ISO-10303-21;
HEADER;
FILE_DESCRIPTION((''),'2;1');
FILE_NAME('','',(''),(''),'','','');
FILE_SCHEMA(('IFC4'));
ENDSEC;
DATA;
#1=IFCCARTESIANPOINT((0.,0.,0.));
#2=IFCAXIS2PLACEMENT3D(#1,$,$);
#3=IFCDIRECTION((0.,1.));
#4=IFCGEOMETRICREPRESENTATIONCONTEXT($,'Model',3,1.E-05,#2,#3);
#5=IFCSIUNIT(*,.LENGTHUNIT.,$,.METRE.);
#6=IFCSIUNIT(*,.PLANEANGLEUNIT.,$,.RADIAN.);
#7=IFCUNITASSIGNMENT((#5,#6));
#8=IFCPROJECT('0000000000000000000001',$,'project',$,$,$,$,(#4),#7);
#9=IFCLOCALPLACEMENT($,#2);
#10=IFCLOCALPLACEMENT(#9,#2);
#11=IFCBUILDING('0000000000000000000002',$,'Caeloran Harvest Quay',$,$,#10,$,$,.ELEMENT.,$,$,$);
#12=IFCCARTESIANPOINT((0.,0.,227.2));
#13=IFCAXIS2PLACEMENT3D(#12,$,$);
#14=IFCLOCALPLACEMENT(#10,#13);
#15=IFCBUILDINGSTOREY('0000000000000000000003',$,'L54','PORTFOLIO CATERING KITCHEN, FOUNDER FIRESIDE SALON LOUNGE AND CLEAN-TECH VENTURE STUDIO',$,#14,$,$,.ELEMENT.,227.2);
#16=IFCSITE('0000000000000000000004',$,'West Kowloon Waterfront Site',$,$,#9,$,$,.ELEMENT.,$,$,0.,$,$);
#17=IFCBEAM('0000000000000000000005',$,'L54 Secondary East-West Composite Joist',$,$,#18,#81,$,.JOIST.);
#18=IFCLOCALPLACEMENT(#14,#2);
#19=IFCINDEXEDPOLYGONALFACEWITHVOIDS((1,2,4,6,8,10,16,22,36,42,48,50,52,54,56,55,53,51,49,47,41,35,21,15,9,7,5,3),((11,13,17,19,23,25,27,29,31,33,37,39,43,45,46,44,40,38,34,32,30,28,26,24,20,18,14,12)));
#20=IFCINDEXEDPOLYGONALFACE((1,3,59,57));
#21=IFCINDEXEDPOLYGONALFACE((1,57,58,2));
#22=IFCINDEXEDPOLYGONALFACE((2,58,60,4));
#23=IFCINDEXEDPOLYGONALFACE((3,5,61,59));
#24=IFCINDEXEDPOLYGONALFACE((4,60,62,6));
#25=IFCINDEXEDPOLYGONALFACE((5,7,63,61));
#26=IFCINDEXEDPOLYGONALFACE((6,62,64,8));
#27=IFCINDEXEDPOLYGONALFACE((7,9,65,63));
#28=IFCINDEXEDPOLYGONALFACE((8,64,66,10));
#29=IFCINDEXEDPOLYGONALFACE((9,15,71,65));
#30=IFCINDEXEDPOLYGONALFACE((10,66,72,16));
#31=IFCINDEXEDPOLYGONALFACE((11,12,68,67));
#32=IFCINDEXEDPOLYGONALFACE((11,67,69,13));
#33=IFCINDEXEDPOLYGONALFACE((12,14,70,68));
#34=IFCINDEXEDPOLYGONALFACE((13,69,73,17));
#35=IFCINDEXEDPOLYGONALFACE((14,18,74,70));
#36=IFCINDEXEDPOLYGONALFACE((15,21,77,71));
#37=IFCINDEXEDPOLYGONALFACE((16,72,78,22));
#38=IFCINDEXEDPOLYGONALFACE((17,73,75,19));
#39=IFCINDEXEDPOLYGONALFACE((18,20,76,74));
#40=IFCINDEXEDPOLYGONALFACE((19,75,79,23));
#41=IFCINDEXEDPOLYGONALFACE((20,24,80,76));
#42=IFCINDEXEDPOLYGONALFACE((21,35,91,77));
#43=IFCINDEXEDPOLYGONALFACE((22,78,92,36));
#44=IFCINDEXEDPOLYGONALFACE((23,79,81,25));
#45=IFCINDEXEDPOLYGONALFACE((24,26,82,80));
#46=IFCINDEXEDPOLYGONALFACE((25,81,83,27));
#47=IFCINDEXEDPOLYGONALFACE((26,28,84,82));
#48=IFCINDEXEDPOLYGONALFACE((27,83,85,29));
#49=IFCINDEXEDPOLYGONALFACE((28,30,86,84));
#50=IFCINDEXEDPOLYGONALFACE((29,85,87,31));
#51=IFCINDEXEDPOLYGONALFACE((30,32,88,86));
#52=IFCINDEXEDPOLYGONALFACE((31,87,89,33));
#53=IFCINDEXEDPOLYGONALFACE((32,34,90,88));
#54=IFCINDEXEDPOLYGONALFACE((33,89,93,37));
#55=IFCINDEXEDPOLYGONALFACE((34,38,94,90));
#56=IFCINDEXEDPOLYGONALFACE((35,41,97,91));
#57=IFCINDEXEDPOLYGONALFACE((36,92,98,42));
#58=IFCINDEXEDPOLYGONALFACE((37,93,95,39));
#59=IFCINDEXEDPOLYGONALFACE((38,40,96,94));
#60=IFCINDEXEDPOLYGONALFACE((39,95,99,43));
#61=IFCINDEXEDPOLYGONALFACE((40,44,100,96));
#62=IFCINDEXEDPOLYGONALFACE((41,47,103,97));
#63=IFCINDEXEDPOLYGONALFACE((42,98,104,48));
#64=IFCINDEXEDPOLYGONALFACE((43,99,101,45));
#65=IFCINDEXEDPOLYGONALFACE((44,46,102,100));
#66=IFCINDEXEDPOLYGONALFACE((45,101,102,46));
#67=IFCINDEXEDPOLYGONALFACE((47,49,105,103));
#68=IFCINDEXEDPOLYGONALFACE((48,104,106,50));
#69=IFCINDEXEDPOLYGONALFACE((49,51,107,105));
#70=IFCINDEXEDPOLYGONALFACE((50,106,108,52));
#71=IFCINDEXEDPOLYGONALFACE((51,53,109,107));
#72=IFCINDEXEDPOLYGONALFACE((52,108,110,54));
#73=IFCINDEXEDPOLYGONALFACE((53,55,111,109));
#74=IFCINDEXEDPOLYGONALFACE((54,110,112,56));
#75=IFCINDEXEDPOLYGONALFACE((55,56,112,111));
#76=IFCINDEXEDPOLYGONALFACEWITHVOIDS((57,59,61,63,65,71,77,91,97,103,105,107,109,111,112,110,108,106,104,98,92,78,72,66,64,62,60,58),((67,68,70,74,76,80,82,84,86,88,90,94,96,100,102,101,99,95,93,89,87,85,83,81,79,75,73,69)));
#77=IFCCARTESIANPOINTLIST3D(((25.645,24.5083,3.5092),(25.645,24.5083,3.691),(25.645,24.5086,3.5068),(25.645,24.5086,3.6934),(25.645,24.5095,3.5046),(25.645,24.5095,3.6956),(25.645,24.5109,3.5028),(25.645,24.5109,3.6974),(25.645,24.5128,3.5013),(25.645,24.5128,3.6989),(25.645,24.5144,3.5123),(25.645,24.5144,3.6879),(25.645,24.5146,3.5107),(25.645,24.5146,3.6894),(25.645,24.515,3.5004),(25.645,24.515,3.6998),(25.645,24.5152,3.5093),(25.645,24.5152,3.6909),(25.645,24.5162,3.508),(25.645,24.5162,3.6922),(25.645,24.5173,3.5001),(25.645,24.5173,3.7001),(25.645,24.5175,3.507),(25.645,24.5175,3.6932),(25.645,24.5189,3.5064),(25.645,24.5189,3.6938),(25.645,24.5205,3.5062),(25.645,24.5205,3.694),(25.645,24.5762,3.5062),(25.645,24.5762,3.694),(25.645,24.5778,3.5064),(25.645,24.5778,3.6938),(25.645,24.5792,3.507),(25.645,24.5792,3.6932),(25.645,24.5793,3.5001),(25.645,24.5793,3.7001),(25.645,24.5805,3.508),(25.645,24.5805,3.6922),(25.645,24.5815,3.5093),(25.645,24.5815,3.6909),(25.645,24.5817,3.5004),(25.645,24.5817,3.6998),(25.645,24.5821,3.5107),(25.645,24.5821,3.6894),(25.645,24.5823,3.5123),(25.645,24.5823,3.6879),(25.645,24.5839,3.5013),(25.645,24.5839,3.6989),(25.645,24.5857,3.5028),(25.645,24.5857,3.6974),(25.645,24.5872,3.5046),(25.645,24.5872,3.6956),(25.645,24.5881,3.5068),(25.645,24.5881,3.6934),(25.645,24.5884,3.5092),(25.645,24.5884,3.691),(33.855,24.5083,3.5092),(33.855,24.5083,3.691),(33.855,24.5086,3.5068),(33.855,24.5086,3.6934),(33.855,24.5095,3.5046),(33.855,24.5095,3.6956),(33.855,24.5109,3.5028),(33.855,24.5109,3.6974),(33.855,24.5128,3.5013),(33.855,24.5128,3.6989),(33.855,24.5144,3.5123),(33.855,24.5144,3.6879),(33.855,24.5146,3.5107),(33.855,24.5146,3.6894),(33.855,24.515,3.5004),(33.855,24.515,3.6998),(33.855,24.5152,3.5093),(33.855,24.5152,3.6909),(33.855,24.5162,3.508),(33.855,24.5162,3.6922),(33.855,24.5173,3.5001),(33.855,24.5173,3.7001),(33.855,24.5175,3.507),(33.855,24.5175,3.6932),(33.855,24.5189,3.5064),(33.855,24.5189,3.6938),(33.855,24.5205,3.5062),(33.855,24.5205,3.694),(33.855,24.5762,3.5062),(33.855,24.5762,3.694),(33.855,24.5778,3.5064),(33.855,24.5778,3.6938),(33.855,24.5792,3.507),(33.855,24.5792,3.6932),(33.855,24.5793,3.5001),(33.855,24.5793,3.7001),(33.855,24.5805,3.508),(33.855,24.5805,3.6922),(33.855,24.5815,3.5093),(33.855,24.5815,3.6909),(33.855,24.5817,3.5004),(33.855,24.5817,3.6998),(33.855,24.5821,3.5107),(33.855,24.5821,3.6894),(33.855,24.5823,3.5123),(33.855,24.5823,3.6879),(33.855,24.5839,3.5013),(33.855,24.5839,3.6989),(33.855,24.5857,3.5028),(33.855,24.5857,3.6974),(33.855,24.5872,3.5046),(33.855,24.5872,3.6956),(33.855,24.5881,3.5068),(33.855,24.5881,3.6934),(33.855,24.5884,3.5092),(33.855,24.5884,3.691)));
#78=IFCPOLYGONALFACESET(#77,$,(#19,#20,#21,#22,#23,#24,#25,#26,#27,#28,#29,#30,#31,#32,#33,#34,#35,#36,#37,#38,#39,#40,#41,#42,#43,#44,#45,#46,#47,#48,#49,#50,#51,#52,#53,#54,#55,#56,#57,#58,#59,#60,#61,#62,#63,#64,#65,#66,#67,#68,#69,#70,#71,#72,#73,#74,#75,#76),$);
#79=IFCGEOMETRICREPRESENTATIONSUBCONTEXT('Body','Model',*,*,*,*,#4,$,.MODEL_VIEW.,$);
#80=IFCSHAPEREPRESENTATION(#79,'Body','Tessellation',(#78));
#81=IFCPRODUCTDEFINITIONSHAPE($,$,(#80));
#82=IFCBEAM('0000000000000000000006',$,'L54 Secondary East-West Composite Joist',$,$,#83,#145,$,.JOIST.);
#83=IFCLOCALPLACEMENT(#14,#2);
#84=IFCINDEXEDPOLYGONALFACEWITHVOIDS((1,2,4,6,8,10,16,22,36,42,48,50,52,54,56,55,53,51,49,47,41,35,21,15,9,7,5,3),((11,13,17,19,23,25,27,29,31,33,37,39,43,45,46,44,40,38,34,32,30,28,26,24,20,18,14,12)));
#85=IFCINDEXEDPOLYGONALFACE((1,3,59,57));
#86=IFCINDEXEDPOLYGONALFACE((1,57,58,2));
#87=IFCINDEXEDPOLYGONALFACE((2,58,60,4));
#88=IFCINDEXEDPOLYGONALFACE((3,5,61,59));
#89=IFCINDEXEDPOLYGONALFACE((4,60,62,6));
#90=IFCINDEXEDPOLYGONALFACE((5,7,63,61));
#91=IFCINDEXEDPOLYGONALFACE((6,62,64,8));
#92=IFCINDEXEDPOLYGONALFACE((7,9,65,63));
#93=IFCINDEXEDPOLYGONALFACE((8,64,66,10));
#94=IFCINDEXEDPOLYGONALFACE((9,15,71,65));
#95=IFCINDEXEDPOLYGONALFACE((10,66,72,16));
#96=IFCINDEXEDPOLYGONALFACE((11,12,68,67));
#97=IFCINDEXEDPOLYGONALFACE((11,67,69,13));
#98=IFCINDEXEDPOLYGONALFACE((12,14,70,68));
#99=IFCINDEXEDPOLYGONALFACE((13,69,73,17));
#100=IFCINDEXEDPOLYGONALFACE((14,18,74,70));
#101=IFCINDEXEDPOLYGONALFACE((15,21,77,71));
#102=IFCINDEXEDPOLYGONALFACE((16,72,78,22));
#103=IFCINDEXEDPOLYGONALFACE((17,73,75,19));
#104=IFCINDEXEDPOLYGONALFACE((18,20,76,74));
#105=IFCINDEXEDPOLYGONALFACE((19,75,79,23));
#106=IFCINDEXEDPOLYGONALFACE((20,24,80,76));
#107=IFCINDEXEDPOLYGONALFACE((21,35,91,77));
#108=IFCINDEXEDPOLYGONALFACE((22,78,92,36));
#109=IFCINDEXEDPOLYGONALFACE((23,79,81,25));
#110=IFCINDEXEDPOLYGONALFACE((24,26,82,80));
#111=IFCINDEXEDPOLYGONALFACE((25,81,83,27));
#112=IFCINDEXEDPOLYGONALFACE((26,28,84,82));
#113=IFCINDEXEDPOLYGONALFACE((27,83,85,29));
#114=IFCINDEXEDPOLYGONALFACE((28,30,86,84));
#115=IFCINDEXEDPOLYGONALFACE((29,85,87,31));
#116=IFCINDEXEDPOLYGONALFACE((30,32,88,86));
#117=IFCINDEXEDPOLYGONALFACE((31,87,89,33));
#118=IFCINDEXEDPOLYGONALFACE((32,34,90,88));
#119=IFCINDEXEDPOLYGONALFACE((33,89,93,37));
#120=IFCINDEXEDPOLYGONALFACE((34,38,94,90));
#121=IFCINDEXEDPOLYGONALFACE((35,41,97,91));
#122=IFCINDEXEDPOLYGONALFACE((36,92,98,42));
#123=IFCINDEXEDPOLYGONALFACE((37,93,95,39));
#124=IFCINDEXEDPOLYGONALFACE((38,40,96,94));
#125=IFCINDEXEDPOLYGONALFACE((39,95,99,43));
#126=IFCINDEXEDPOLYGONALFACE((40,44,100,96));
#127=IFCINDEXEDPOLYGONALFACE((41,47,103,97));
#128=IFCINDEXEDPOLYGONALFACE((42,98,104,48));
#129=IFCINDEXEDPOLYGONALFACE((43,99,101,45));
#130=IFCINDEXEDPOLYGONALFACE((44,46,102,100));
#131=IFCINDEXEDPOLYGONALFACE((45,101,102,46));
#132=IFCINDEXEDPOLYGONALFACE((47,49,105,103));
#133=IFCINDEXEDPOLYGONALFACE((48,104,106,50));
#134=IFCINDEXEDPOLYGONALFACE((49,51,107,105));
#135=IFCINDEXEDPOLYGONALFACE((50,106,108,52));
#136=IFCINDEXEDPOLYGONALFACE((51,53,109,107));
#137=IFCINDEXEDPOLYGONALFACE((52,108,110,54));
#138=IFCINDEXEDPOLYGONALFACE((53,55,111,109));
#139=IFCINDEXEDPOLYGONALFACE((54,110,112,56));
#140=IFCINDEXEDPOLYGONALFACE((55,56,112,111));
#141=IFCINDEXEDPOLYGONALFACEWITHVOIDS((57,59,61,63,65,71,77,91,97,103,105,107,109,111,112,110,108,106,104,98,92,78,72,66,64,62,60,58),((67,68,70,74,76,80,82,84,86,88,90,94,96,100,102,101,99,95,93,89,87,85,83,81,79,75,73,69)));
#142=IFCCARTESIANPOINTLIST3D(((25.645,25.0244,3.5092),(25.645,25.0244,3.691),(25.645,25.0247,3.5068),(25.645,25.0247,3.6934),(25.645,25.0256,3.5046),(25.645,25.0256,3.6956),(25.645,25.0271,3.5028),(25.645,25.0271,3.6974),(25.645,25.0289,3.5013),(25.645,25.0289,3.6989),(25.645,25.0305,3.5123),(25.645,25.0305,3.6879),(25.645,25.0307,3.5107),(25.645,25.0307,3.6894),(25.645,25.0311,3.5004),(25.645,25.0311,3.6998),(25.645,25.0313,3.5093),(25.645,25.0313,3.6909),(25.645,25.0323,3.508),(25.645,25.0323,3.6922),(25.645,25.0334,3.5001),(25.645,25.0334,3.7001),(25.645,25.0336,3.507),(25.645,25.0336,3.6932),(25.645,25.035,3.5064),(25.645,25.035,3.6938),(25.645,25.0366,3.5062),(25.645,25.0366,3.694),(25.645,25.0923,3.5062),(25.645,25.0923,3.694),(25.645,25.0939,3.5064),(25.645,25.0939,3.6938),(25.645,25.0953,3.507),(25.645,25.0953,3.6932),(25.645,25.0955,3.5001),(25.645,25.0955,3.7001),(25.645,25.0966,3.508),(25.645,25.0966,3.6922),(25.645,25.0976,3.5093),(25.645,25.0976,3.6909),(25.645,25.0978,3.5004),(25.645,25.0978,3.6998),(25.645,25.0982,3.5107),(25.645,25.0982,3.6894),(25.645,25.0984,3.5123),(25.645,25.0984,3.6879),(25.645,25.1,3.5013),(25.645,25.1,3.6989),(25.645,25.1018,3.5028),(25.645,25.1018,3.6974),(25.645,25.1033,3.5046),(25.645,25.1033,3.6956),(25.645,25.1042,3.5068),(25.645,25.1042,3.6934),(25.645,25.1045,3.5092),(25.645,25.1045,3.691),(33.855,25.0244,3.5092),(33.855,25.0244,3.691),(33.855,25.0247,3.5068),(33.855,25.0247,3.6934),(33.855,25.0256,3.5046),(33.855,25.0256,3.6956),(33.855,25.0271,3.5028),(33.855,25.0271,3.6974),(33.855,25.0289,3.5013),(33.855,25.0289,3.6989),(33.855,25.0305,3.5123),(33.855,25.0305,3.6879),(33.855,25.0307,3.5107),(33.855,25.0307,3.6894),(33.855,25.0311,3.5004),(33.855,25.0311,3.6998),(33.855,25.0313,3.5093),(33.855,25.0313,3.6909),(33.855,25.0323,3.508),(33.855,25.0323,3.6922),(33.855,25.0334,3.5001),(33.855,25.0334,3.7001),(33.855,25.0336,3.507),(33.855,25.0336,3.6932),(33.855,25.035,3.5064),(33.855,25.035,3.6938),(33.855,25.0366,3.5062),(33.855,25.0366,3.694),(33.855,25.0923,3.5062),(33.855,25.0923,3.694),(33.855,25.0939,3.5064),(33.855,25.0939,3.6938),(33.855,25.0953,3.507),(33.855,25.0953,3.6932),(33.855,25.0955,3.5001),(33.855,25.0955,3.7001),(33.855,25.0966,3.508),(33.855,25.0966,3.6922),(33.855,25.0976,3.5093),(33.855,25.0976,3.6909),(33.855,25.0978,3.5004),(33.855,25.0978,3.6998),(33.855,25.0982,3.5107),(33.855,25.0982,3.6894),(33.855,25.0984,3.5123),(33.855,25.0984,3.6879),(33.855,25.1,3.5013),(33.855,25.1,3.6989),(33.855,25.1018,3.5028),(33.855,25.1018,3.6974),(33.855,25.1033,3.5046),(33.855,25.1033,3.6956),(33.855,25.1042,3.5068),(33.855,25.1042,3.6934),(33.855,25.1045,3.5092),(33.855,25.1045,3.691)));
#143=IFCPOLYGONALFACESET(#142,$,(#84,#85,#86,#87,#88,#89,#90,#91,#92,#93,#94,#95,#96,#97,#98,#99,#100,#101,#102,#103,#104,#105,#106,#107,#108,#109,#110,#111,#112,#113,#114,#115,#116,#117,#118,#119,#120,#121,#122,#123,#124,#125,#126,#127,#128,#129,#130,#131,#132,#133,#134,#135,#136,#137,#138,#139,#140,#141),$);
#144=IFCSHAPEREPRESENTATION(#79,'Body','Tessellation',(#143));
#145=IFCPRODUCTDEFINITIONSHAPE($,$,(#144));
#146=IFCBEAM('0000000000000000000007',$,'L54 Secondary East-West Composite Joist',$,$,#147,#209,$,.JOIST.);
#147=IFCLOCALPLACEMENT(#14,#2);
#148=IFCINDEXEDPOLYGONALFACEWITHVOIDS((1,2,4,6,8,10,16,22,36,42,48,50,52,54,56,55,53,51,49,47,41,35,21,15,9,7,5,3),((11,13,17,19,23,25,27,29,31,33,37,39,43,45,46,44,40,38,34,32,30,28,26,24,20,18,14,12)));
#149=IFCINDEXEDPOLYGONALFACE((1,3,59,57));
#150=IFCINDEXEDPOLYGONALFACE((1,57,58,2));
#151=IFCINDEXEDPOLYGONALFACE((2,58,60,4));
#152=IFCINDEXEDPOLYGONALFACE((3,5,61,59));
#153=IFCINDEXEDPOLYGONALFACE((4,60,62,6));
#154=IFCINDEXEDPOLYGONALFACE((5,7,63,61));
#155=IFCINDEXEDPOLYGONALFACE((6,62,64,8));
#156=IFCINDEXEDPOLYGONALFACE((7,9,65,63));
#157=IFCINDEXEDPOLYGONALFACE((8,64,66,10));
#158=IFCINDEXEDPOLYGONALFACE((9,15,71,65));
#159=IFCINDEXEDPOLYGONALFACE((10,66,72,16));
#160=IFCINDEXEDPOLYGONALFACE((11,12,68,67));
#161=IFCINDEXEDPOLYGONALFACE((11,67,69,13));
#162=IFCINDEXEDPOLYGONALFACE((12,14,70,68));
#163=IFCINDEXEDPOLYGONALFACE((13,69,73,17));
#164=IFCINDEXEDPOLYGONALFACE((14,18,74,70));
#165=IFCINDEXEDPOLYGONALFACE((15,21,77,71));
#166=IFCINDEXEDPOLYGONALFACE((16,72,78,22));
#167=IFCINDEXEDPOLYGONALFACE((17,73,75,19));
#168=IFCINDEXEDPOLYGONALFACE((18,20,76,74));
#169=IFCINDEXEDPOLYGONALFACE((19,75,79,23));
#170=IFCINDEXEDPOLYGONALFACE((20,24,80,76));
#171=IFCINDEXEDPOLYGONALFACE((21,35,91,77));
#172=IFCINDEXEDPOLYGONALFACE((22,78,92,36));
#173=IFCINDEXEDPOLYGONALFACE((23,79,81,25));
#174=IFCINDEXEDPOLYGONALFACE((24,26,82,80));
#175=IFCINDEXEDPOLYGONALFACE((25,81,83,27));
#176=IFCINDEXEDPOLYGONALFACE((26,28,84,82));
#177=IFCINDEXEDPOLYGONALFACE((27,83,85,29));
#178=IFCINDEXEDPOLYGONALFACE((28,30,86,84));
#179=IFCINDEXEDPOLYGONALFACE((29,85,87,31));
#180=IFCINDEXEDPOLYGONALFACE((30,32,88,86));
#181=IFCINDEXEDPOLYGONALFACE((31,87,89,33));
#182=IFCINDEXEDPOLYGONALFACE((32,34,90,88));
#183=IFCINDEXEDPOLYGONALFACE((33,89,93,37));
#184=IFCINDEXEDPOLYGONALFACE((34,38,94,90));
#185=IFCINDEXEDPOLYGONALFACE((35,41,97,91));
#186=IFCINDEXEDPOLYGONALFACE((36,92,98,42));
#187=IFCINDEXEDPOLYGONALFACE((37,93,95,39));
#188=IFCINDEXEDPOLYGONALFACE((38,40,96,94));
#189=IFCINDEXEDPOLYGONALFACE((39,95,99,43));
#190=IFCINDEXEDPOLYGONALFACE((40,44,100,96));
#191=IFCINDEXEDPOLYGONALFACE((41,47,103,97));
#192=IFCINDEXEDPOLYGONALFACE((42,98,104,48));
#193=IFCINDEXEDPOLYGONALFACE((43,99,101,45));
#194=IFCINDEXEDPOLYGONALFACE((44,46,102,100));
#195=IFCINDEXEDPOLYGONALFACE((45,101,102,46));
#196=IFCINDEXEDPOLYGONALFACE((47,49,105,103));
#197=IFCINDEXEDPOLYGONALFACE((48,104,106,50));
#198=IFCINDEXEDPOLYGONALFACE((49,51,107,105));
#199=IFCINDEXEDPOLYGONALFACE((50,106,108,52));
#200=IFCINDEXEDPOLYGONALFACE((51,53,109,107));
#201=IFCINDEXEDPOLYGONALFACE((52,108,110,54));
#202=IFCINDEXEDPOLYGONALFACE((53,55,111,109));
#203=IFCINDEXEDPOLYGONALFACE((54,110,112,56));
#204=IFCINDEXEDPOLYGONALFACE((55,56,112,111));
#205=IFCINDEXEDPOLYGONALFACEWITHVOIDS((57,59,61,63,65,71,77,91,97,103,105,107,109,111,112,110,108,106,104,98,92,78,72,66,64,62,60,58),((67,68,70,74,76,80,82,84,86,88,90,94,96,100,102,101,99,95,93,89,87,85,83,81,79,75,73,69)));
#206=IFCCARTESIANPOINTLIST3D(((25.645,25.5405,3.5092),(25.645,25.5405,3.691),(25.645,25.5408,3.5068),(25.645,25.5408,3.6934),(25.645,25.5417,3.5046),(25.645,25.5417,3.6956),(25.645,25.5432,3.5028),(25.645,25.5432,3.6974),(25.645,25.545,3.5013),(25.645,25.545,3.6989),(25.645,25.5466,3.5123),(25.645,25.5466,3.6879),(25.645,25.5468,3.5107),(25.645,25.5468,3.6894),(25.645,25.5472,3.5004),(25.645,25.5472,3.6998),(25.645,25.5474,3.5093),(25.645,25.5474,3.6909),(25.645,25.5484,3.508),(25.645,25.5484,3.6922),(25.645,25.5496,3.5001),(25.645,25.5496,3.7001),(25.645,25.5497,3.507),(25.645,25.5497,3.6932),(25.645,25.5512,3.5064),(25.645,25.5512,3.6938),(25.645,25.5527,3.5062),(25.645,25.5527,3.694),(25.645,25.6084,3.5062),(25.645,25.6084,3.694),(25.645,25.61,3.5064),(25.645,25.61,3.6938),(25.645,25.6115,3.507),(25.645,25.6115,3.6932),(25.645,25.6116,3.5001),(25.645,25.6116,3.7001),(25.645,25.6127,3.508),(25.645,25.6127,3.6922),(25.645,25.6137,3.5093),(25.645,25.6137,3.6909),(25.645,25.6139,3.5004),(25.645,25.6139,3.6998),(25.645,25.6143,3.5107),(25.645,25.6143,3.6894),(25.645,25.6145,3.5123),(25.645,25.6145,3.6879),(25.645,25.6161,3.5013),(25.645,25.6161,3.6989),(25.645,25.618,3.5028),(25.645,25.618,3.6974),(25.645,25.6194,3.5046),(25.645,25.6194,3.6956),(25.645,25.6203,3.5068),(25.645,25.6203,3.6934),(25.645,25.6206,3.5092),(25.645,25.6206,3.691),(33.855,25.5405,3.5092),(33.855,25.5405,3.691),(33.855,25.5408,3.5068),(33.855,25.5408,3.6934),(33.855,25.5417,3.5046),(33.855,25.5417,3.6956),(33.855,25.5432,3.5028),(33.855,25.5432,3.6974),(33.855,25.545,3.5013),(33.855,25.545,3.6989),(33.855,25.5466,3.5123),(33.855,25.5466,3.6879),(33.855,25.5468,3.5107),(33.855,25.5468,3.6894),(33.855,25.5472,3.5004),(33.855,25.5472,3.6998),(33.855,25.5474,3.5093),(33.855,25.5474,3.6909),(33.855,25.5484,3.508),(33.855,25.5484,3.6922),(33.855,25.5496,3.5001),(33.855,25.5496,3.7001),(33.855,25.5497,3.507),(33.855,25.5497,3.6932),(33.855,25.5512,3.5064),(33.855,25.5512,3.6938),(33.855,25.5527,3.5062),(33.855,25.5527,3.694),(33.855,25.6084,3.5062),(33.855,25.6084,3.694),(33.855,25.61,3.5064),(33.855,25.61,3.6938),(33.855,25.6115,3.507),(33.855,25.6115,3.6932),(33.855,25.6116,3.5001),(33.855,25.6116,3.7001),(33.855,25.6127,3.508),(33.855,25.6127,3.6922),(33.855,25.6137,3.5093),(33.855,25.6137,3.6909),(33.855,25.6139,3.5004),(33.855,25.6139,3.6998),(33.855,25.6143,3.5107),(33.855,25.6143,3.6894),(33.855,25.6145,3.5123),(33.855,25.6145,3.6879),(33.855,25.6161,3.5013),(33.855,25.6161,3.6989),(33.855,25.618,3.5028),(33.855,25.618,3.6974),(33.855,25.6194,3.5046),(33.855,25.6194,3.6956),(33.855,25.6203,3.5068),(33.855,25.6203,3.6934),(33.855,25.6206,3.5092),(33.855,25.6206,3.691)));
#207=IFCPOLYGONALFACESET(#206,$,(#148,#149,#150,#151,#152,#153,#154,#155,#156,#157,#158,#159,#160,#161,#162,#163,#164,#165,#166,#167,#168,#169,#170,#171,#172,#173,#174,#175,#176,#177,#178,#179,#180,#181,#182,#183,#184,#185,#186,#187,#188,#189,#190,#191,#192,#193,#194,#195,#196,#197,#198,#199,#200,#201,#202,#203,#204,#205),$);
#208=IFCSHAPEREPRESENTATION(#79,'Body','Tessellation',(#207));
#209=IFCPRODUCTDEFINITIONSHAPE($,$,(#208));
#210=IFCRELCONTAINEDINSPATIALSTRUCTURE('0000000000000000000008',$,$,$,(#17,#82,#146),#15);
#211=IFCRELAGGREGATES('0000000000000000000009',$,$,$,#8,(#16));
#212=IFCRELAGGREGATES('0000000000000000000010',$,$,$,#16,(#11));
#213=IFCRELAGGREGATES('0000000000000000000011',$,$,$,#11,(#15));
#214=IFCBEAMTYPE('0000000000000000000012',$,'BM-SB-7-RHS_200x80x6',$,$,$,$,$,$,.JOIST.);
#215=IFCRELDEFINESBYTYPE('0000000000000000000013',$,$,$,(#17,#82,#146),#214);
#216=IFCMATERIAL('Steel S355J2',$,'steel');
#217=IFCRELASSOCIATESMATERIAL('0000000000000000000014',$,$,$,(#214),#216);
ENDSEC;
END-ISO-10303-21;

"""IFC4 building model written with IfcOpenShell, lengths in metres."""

from ifc_helpers import new_model, si_unit, direction, frame, origin, origin_2d, place, context, subcontext, project, spatial, hollow_rectangle, extrude, material, material_profile, profile_set, type_object, element, save


model = new_model("IFC4")

# Units and contexts
model_context = context("Model", 3, precision=1e-05, world=origin(), true_north=direction((0.0, 1.0)))
body_context = subcontext(model_context, "Body", "Model", "MODEL_VIEW")
ifc_project = project(units=[si_unit("LENGTHUNIT", "METRE"), si_unit("PLANEANGLEUNIT", "RADIAN")], contexts=[model_context])

# Site, building, storey
site_placement = place(None, origin())
site = spatial("IfcSite", under=ifc_project, at=site_placement, Name="West Kowloon Waterfront Site", CompositionType="ELEMENT", RefElevation=0.0)
building_placement = place(site_placement, origin())
building = spatial("IfcBuilding", under=site, at=building_placement, Name="Caeloran Harvest Quay", CompositionType="ELEMENT")
storey_placement = place(building_placement, frame((0.0, 0.0, 227.2)))
storey = spatial("IfcBuildingStorey", under=building, at=storey_placement, Name="L54", Description="PORTFOLIO CATERING KITCHEN, FOUNDER FIRESIDE SALON LOUNGE AND CLEAN-TECH VENTURE STUDIO", CompositionType="ELEMENT", Elevation=227.2)

# Beams
ifc_material_1 = material(Name="Steel S355J2", Category="steel")
ifc_material_profile_1 = material_profile(ifc_material_1, hollow_rectangle(XDim=0.0801, YDim=0.2, WallThickness=0.0061, InnerFilletRadius=0.0061, OuterFilletRadius=0.009, at=origin_2d()), Name="RHS 200x80x6")
ifc_profile_set_1 = profile_set([ifc_material_profile_1], Name="Steel S355J2")
beam_type_1 = type_object("IfcBeamType", Name="BM-SB-7-RHS_200x80x6", PredefinedType="JOIST", material=ifc_profile_set_1)
for number, where, z_axis, x_axis, name in (
    (1, (25.645, 24.5483, 3.6001), (1.0, 0.0, 0.0), (0.0, 1.0, 0.0), "L54 Secondary East-West Composite Joist"),
    (2, (25.645, 25.0645, 3.6001), (1.0, 0.0, 0.0), (0.0, 1.0, 0.0), "L54 Secondary East-West Composite Joist"),
    (3, (25.645, 25.5806, 3.6001), (1.0, 0.0, 0.0), (0.0, 1.0, 0.0), "L54 Secondary East-West Composite Joist"),
):
    element("IfcBeam", number, at=place(storey_placement, frame(where, z_axis=z_axis, x_axis=x_axis)), inside=storey, type_object=beam_type_1, Name=name, PredefinedType="JOIST", context=body_context, shape_type="SweptSolid", body=[
        extrude(hollow_rectangle(XDim=0.0801, YDim=0.2, WallThickness=0.0061, InnerFilletRadius=0.0061, OuterFilletRadius=0.009, at=origin_2d()), origin(), (0.0, 0.0, 1.0), 8.21),
    ])

save(model, "model.ifc")
